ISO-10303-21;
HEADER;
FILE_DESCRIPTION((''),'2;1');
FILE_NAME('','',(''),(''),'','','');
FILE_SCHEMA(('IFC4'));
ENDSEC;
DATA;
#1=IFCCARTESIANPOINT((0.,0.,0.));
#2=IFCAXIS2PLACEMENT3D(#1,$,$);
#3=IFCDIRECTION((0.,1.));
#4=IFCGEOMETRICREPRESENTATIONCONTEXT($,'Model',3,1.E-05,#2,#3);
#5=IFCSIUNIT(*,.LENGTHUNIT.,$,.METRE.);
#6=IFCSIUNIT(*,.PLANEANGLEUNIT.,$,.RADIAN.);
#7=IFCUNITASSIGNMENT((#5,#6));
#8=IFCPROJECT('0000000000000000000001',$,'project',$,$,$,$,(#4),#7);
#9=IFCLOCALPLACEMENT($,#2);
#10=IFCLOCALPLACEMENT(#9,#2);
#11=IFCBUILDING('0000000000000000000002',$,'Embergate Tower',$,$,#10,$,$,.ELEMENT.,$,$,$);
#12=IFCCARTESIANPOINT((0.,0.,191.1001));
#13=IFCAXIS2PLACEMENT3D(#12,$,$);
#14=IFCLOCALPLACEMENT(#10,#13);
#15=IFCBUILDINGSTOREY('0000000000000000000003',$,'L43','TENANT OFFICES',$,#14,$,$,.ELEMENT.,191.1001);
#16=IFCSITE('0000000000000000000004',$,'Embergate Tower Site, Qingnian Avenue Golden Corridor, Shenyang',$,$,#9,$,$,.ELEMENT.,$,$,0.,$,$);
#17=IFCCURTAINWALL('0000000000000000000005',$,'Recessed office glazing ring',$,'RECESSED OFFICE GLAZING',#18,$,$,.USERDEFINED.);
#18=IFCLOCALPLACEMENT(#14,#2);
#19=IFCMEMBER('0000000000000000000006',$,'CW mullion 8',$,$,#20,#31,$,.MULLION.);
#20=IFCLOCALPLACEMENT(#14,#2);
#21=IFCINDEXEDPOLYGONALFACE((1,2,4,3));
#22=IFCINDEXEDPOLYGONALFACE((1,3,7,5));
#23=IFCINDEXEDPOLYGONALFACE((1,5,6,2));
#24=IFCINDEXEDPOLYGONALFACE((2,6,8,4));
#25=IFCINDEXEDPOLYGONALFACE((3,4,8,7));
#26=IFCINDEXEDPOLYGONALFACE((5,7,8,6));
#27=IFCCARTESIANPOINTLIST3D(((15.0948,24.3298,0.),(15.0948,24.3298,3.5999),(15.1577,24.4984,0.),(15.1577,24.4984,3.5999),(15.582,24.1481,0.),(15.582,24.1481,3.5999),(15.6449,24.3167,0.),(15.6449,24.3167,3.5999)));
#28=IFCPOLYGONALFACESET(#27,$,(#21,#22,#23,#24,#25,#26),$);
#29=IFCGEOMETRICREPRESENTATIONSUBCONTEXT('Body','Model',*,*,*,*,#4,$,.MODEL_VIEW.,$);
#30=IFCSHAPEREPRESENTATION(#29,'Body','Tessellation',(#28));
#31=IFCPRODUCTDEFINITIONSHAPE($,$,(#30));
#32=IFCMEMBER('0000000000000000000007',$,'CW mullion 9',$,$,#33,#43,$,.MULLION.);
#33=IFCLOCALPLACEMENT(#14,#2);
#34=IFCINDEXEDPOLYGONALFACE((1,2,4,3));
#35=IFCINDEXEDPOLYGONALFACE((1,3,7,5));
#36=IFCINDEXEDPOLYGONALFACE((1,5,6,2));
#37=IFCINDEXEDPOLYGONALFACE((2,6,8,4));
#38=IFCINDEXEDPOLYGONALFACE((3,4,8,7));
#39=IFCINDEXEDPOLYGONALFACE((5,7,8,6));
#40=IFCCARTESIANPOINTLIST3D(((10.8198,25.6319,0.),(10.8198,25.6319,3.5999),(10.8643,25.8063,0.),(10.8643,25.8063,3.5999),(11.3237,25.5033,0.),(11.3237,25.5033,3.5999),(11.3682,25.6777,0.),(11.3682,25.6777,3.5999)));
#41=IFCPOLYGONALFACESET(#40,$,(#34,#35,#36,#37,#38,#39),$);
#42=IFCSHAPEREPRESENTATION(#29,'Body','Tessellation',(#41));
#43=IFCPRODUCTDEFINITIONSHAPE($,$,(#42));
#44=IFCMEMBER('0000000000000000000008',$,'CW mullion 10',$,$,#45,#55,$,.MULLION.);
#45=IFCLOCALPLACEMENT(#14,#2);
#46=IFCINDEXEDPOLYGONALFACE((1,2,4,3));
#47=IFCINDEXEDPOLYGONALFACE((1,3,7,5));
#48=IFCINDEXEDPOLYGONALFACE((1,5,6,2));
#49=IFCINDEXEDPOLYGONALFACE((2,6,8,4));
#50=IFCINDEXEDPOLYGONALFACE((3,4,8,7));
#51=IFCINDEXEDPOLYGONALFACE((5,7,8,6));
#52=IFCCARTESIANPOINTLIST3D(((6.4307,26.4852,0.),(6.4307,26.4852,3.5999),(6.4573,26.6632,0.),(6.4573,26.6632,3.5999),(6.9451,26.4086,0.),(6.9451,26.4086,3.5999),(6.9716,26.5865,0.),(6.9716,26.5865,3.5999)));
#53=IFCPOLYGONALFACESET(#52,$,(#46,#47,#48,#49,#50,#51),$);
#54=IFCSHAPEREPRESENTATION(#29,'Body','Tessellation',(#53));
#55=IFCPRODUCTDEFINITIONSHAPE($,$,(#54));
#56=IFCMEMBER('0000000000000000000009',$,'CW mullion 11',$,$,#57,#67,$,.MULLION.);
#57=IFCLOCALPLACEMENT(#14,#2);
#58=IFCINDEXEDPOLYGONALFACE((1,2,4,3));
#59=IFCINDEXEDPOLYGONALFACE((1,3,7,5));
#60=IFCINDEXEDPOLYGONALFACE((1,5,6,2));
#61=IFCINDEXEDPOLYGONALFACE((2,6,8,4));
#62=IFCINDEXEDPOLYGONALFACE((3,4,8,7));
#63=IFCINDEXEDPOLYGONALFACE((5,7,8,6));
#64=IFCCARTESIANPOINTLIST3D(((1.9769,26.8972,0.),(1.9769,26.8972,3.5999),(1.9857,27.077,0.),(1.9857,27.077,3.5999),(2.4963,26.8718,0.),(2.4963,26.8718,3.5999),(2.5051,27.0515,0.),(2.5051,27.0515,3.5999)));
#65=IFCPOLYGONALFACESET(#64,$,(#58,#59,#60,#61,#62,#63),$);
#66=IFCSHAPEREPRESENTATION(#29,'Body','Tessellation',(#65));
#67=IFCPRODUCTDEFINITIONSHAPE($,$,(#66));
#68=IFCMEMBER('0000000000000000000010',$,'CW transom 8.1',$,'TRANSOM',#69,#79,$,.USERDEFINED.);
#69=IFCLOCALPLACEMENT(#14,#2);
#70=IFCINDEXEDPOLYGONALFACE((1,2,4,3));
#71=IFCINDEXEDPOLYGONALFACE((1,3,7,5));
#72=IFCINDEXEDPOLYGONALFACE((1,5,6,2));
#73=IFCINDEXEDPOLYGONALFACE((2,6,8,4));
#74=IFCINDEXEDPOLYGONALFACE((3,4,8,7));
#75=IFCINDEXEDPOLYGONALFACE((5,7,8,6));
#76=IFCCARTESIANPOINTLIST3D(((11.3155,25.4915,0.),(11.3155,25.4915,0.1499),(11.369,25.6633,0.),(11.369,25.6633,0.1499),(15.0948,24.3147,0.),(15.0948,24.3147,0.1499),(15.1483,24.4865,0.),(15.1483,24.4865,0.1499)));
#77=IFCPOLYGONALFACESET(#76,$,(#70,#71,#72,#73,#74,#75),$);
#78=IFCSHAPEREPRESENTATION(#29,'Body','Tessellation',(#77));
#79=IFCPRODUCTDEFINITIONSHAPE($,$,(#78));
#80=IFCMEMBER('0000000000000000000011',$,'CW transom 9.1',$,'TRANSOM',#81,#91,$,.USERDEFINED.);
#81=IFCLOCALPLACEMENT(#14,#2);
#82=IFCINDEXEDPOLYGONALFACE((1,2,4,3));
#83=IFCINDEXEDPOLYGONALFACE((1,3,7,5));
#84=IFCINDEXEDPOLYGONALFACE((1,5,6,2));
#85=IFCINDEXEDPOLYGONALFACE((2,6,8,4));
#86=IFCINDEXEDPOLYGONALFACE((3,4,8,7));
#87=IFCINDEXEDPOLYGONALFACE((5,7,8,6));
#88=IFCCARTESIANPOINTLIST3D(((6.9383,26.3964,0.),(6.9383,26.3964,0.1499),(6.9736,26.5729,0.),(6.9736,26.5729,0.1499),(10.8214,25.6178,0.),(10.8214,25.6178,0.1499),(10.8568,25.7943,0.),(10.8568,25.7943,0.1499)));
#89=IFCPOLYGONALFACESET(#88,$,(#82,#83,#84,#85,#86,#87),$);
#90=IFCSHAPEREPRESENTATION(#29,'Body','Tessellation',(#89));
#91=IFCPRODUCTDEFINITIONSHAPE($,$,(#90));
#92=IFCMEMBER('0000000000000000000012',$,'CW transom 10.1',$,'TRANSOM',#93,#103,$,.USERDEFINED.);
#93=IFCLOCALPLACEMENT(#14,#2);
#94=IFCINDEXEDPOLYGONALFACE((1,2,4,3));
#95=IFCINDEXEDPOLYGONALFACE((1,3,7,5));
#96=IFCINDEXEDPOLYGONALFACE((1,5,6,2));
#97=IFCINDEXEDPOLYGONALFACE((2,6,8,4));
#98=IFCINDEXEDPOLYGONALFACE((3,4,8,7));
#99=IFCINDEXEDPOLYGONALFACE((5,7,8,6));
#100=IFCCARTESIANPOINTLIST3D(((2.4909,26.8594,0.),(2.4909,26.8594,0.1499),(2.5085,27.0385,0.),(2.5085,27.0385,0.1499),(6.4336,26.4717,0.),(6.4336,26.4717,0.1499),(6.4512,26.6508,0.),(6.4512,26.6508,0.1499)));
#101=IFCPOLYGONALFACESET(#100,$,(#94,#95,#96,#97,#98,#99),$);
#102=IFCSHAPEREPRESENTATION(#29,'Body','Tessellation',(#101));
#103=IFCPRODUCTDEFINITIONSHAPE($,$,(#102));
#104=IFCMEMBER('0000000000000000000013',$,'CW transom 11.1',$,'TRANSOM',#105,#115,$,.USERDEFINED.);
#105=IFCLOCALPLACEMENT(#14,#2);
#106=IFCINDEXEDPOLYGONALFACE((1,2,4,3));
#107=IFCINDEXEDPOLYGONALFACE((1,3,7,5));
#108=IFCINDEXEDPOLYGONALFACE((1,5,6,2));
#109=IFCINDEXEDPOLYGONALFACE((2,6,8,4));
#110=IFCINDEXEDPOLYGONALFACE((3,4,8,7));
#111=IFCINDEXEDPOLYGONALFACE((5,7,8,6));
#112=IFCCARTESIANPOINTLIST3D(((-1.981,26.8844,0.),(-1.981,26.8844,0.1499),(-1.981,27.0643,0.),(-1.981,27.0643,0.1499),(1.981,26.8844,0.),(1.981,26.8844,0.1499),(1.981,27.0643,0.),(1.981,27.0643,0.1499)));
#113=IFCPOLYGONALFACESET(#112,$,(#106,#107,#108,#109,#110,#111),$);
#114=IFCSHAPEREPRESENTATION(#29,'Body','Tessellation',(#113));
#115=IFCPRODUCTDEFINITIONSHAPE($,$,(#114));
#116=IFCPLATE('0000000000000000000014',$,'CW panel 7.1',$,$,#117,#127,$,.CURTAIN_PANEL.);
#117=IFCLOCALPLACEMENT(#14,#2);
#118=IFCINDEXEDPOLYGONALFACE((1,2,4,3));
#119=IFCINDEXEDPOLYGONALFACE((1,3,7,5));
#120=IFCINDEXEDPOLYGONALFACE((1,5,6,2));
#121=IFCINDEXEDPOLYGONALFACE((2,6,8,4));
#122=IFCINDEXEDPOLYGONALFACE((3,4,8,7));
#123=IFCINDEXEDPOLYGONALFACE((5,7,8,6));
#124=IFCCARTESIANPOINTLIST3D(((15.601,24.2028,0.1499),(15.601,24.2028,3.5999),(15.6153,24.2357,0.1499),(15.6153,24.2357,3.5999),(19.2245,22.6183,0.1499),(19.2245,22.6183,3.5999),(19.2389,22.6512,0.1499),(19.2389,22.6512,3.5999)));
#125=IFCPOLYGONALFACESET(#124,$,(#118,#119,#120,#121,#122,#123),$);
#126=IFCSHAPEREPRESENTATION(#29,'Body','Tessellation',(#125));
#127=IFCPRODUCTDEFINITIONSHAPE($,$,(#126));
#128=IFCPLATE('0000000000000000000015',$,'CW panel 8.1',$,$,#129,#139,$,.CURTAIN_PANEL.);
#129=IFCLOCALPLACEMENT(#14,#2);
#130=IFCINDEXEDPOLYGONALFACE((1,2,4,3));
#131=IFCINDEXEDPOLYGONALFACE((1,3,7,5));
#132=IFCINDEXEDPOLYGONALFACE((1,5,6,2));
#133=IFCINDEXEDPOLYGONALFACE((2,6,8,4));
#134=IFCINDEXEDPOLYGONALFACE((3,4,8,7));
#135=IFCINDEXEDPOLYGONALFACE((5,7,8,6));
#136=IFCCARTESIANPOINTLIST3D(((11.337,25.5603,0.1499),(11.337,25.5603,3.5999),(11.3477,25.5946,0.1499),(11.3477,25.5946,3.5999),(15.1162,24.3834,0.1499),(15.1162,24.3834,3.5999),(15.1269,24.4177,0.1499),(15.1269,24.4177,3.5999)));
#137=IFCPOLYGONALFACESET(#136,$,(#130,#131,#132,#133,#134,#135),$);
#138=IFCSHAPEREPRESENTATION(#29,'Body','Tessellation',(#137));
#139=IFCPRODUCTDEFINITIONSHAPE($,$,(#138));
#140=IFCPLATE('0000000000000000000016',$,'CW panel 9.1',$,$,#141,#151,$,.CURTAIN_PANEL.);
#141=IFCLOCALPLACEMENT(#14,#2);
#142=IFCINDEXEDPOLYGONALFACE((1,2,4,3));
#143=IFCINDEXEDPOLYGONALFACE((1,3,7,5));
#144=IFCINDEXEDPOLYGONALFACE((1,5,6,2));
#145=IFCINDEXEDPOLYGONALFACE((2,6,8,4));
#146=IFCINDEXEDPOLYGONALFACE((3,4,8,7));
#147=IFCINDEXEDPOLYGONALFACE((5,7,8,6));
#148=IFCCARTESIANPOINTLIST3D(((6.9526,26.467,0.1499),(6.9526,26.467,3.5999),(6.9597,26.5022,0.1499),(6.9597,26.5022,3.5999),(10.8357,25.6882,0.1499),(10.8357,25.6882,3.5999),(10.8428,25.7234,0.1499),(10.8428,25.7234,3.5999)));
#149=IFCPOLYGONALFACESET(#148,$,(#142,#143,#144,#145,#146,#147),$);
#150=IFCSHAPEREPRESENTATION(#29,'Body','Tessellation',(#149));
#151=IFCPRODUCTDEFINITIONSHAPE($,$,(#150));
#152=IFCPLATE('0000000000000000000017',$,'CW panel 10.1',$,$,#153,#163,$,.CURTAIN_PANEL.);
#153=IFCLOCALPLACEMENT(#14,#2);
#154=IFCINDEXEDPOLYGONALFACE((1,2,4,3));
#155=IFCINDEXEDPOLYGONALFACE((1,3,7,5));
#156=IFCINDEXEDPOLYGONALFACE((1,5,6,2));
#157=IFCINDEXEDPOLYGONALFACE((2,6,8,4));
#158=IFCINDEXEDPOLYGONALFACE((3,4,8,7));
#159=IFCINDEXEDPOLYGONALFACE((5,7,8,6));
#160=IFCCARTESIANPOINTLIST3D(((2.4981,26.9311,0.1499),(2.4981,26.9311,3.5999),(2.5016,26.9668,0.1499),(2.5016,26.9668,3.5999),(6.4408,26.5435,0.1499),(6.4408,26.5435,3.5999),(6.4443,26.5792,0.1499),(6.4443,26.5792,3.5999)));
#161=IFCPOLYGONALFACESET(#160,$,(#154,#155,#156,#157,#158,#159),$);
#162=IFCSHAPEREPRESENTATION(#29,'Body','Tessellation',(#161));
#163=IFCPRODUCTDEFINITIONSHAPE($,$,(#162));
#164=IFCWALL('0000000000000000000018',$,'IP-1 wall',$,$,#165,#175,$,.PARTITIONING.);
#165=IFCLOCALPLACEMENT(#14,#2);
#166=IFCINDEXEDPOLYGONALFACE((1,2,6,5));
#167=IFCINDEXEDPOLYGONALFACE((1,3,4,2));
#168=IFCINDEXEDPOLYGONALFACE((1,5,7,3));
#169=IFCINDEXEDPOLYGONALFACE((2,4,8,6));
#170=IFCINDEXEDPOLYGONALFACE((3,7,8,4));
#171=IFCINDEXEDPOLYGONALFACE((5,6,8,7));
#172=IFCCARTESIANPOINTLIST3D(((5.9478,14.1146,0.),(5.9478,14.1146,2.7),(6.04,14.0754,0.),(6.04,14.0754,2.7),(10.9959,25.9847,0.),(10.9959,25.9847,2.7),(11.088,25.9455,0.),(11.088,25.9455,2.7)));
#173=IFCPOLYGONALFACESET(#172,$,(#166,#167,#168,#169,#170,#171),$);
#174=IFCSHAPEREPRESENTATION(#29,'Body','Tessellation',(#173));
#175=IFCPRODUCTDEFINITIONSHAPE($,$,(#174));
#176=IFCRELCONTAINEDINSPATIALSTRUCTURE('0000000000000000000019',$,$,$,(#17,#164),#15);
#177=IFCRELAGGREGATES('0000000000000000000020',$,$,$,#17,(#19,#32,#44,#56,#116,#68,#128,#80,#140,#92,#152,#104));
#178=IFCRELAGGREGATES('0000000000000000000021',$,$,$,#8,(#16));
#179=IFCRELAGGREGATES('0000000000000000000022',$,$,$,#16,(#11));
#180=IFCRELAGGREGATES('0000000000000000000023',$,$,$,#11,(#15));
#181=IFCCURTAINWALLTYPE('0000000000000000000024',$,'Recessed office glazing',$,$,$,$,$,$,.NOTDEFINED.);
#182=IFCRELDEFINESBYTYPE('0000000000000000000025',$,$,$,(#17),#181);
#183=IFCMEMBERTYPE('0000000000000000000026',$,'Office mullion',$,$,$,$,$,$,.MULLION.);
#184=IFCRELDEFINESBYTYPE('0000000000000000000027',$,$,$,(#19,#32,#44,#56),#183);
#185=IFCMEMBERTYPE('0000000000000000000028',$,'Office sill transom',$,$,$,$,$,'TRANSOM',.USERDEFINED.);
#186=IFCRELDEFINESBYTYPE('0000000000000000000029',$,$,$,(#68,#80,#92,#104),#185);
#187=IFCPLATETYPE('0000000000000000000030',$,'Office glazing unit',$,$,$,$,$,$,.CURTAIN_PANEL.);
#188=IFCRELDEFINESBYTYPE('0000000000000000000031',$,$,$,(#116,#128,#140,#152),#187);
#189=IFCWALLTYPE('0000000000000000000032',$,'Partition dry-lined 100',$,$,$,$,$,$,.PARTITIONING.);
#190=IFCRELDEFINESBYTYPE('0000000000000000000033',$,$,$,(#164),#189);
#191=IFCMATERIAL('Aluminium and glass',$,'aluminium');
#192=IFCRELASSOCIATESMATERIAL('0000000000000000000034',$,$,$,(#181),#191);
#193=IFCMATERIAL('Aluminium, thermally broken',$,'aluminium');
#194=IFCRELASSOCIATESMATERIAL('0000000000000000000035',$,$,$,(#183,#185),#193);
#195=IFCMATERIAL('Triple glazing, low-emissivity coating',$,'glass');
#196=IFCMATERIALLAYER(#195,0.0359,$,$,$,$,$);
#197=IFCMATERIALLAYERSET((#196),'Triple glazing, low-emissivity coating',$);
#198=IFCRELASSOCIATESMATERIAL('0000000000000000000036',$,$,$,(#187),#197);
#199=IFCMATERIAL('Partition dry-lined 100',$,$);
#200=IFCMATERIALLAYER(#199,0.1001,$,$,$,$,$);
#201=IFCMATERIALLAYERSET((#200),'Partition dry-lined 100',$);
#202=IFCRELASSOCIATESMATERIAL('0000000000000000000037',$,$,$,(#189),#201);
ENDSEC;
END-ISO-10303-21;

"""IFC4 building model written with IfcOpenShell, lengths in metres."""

from ifc_helpers import new_model, si_unit, direction, frame, frame_2d, origin, origin_2d, place, context, subcontext, project, spatial, rectangle, extrude, source, transform, mapped, material, layer, layer_set, material_profile, profile_set, type_object, element, aggregate, save


model = new_model("IFC4")

# Units and contexts
model_context = context("Model", 3, precision=1e-05, world=origin(), true_north=direction((0.0, 1.0)))
body_context = subcontext(model_context, "Body", "Model", "MODEL_VIEW")
ifc_project = project(units=[si_unit("LENGTHUNIT", "METRE"), si_unit("PLANEANGLEUNIT", "RADIAN")], contexts=[model_context])

# Site, building, storey
site_placement = place(None, origin())
site = spatial("IfcSite", under=ifc_project, at=site_placement, Name="Embergate Tower Site, Qingnian Avenue Golden Corridor, Shenyang", CompositionType="ELEMENT", RefElevation=0.0)
building_placement = place(site_placement, origin())
building = spatial("IfcBuilding", under=site, at=building_placement, Name="Embergate Tower", CompositionType="ELEMENT")
storey_placement = place(building_placement, frame((0.0, 0.0, 191.1001)))
storey = spatial("IfcBuildingStorey", under=building, at=storey_placement, Name="L43", Description="TENANT OFFICES", CompositionType="ELEMENT", Elevation=191.1001)

# Curtain wall, members, plates
ifc_material_1 = material(Name="Aluminium and glass", Category="aluminium")
curtain_wall_type = type_object("IfcCurtainWallType", Name="Recessed office glazing", PredefinedType="NOTDEFINED", material=ifc_material_1)
curtain_wall_placement = place(storey_placement, origin())
curtain_wall = element("IfcCurtainWall", 1, at=curtain_wall_placement, inside=storey, type_object=curtain_wall_type, Name="Recessed office glazing ring", ObjectType="RECESSED OFFICE GLAZING", PredefinedType="USERDEFINED")
ifc_material_2 = material(Name="Aluminium, thermally broken", Category="aluminium")
ifc_material_profile_1 = material_profile(ifc_material_2, rectangle(XDim=0.1799, YDim=0.52, at=origin_2d()), Name="AL 520x180")
ifc_profile_set_1 = profile_set([ifc_material_profile_1], Name="Aluminium, thermally broken")
member_type_1 = type_object("IfcMemberType", Name="Office mullion", PredefinedType="MULLION", material=ifc_profile_set_1)
shared_shape_1 = source(origin(), body_context, "Body", "SweptSolid", [
    extrude(rectangle(XDim=0.1799, YDim=0.52, at=origin_2d()), origin(), (0.0, 0.0, 1.0), 3.5999),
])
member_1_placement = place(storey_placement, frame((15.3699, 24.3232, 0.0), z_axis=(0.0, 0.0, 1.0), x_axis=(-0.349499, -0.936937, 0.0)))
member_1 = element("IfcMember", 2, at=member_1_placement, type_object=member_type_1, Name="CW mullion 8", PredefinedType="MULLION", context=body_context, shape_type="MappedRepresentation", body=[
    mapped(shared_shape_1, transform((0.0, 0.0, 0.0))),
])
member_2_placement = place(storey_placement, frame((11.094, 25.6548, 0.0), z_axis=(0.0, 0.0, 1.0), x_axis=(-0.24731, -0.968936, 0.0)))
member_2 = element("IfcMember", 3, at=member_2_placement, type_object=member_type_1, Name="CW mullion 9", PredefinedType="MULLION", context=body_context, shape_type="MappedRepresentation", body=[
    mapped(shared_shape_1, transform((0.0, 0.0, 0.0))),
])
member_3_placement = place(storey_placement, frame((6.7012, 26.5359, 0.0), z_axis=(0.0, 0.0, 1.0), x_axis=(-0.147411, -0.989075, 0.0)))
member_3 = element("IfcMember", 4, at=member_3_placement, type_object=member_type_1, Name="CW mullion 10", PredefinedType="MULLION", context=body_context, shape_type="MappedRepresentation", body=[
    mapped(shared_shape_1, transform((0.0, 0.0, 0.0))),
])
member_4_placement = place(storey_placement, frame((2.241, 26.9744, 0.0), z_axis=(0.0, 0.0, 1.0), x_axis=(-0.04897, -0.9988, 0.0)))
member_4 = element("IfcMember", 5, at=member_4_placement, type_object=member_type_1, Name="CW mullion 11", PredefinedType="MULLION", context=body_context, shape_type="MappedRepresentation", body=[
    mapped(shared_shape_1, transform((0.0, 0.0, 0.0))),
])
ifc_material_profile_2 = material_profile(ifc_material_2, rectangle(XDim=0.1799, YDim=0.1499, at=origin_2d()), Name="AL 150x180")
ifc_profile_set_2 = profile_set([ifc_material_profile_2], Name="Aluminium, thermally broken")
member_type_2 = type_object("IfcMemberType", Name="Office sill transom", ElementType="TRANSOM", PredefinedType="USERDEFINED", material=ifc_profile_set_2)
shared_shape_2 = source(origin(), body_context, "Body", "SweptSolid", [
    extrude(rectangle(XDim=0.1799, YDim=0.1499, at=origin_2d()), origin(), (0.0, 0.0, 1.0), 3.9583),
])
member_5_placement = place(storey_placement, frame((15.1216, 24.4006, 0.075), z_axis=(-0.954787, 0.297291, 0.0), x_axis=(-0.297291, -0.954787, 0.0)))
member_5 = element("IfcMember", 6, at=member_5_placement, type_object=member_type_2, Name="CW transom 8.1", ObjectType="TRANSOM", PredefinedType="USERDEFINED", context=body_context, shape_type="MappedRepresentation", body=[
    mapped(shared_shape_2, transform((0.0, 0.0, 0.0))),
])
shared_shape_3 = source(origin(), body_context, "Body", "SweptSolid", [
    extrude(rectangle(XDim=0.1799, YDim=0.1499, at=origin_2d()), origin(), (0.0, 0.0, 1.0), 3.9604),
])
member_6_placement = place(storey_placement, frame((10.8391, 25.7061, 0.075), z_axis=(-0.980486, 0.19659, 0.0), x_axis=(-0.19659, -0.980486, 0.0)))
member_6 = element("IfcMember", 7, at=member_6_placement, type_object=member_type_2, Name="CW transom 9.1", ObjectType="TRANSOM", PredefinedType="USERDEFINED", context=body_context, shape_type="MappedRepresentation", body=[
    mapped(shared_shape_3, transform((0.0, 0.0, 0.0))),
])
shared_shape_4 = source(origin(), body_context, "Body", "SweptSolid", [
    extrude(rectangle(XDim=0.1799, YDim=0.1499, at=origin_2d()), origin(), (0.0, 0.0, 1.0), 3.9617),
])
member_7_placement = place(storey_placement, frame((6.4424, 26.5613, 0.075), z_axis=(-0.9952, 0.097862, 0.0), x_axis=(-0.097862, -0.9952, 0.0)))
member_7 = element("IfcMember", 8, at=member_7_placement, type_object=member_type_2, Name="CW transom 10.1", ObjectType="TRANSOM", PredefinedType="USERDEFINED", context=body_context, shape_type="MappedRepresentation", body=[
    mapped(shared_shape_4, transform((0.0, 0.0, 0.0))),
])
shared_shape_5 = source(origin(), body_context, "Body", "SweptSolid", [
    extrude(rectangle(XDim=0.1799, YDim=0.1499, at=origin_2d()), origin(), (0.0, 0.0, 1.0), 3.9619),
])
member_8_placement = place(storey_placement, frame((1.981, 26.9744, 0.075), z_axis=(-1.0, 0.0, 0.0), x_axis=(0.0, -1.0, 0.0)))
member_8 = element("IfcMember", 9, at=member_8_placement, type_object=member_type_2, Name="CW transom 11.1", ObjectType="TRANSOM", PredefinedType="USERDEFINED", context=body_context, shape_type="MappedRepresentation", body=[
    mapped(shared_shape_5, transform((0.0, 0.0, 0.0))),
])
ifc_material_3 = material(Name="Triple glazing, low-emissivity coating", Category="glass")
ifc_layer_1 = layer(ifc_material_3, 0.0359)
ifc_layer_set_1 = layer_set([ifc_layer_1], Name="Triple glazing, low-emissivity coating")
plate_type = type_object("IfcPlateType", Name="Office glazing unit", PredefinedType="CURTAIN_PANEL", material=ifc_layer_set_1)
shared_shape_6 = source(origin(), body_context, "Body", "SweptSolid", [
    extrude(rectangle(XDim=3.9548, YDim=0.0359, at=origin_2d()), origin(), (0.0, 0.0, 1.0), 3.45),
])
plate_1_placement = place(storey_placement, frame((17.4199, 23.427, 0.1499), z_axis=(0.0, 0.0, 1.0), x_axis=(-0.916237, 0.400637, 0.0)))
plate_1 = element("IfcPlate", 10, at=plate_1_placement, type_object=plate_type, Name="CW panel 7.1", PredefinedType="CURTAIN_PANEL", context=body_context, shape_type="MappedRepresentation", body=[
    mapped(shared_shape_6, transform((0.0, 0.0, 0.0))),
])
shared_shape_7 = source(origin(), body_context, "Body", "SweptSolid", [
    extrude(rectangle(XDim=3.9583, YDim=0.0359, at=origin_2d()), origin(), (0.0, 0.0, 1.0), 3.45),
])
plate_2_placement = place(storey_placement, frame((13.2319, 24.989, 0.1499), z_axis=(0.0, 0.0, 1.0), x_axis=(-0.954773, 0.297337, 0.0)))
plate_2 = element("IfcPlate", 11, at=plate_2_placement, type_object=plate_type, Name="CW panel 8.1", PredefinedType="CURTAIN_PANEL", context=body_context, shape_type="MappedRepresentation", body=[
    mapped(shared_shape_7, transform((0.0, 0.0, 0.0))),
])
shared_shape_8 = source(origin(), body_context, "Body", "SweptSolid", [
    extrude(rectangle(XDim=3.9604, YDim=0.0359, at=origin_2d()), origin(), (0.0, 0.0, 1.0), 3.45),
])
plate_3_placement = place(storey_placement, frame((8.8977, 26.0952, 0.1499), z_axis=(0.0, 0.0, 1.0), x_axis=(-0.980476, 0.196639, 0.0)))
plate_3 = element("IfcPlate", 12, at=plate_3_placement, type_object=plate_type, Name="CW panel 9.1", PredefinedType="CURTAIN_PANEL", context=body_context, shape_type="MappedRepresentation", body=[
    mapped(shared_shape_8, transform((0.0, 0.0, 0.0))),
])
shared_shape_9 = source(origin(), body_context, "Body", "SweptSolid", [
    extrude(rectangle(XDim=3.9617, YDim=0.0359, at=origin_2d()), origin(), (0.0, 0.0, 1.0), 3.45),
])
plate_4_placement = place(storey_placement, frame((4.4712, 26.7551, 0.1499), z_axis=(0.0, 0.0, 1.0), x_axis=(-0.995203, 0.09783, 0.0)))
plate_4 = element("IfcPlate", 13, at=plate_4_placement, type_object=plate_type, Name="CW panel 10.1", PredefinedType="CURTAIN_PANEL", context=body_context, shape_type="MappedRepresentation", body=[
    mapped(shared_shape_9, transform((0.0, 0.0, 0.0))),
])
aggregate(curtain_wall, [member_1, member_2, member_3, member_4, plate_1, member_5, plate_2, member_6, plate_3, member_7, plate_4, member_8])

# Wall
ifc_material_4 = material(Name="Partition dry-lined 100")
ifc_layer_2 = layer(ifc_material_4, 0.1001)
ifc_layer_set_2 = layer_set([ifc_layer_2], Name="Partition dry-lined 100")
wall_type = type_object("IfcWallType", Name="Partition dry-lined 100", PredefinedType="PARTITIONING", material=ifc_layer_set_2)
shared_shape_10 = source(origin(), body_context, "Body", "SweptSolid", [
    extrude(rectangle(XDim=12.8989, YDim=0.1001, at=frame_2d((6.4495, 0.0))), origin(), (0.0, 0.0, 1.0), 2.7),
])
wall_placement = place(storey_placement, frame((11.042, 25.9651, 0.0), z_axis=(0.0, 0.0, 1.0), x_axis=(-0.391357, -0.920239, 0.0)))
element("IfcWall", 14, at=wall_placement, inside=storey, type_object=wall_type, Name="IP-1 wall", PredefinedType="PARTITIONING", context=body_context, shape_type="MappedRepresentation", body=[
    mapped(shared_shape_10, transform((0.0, 0.0, 0.0))),
])

save(model, "model.ifc")
